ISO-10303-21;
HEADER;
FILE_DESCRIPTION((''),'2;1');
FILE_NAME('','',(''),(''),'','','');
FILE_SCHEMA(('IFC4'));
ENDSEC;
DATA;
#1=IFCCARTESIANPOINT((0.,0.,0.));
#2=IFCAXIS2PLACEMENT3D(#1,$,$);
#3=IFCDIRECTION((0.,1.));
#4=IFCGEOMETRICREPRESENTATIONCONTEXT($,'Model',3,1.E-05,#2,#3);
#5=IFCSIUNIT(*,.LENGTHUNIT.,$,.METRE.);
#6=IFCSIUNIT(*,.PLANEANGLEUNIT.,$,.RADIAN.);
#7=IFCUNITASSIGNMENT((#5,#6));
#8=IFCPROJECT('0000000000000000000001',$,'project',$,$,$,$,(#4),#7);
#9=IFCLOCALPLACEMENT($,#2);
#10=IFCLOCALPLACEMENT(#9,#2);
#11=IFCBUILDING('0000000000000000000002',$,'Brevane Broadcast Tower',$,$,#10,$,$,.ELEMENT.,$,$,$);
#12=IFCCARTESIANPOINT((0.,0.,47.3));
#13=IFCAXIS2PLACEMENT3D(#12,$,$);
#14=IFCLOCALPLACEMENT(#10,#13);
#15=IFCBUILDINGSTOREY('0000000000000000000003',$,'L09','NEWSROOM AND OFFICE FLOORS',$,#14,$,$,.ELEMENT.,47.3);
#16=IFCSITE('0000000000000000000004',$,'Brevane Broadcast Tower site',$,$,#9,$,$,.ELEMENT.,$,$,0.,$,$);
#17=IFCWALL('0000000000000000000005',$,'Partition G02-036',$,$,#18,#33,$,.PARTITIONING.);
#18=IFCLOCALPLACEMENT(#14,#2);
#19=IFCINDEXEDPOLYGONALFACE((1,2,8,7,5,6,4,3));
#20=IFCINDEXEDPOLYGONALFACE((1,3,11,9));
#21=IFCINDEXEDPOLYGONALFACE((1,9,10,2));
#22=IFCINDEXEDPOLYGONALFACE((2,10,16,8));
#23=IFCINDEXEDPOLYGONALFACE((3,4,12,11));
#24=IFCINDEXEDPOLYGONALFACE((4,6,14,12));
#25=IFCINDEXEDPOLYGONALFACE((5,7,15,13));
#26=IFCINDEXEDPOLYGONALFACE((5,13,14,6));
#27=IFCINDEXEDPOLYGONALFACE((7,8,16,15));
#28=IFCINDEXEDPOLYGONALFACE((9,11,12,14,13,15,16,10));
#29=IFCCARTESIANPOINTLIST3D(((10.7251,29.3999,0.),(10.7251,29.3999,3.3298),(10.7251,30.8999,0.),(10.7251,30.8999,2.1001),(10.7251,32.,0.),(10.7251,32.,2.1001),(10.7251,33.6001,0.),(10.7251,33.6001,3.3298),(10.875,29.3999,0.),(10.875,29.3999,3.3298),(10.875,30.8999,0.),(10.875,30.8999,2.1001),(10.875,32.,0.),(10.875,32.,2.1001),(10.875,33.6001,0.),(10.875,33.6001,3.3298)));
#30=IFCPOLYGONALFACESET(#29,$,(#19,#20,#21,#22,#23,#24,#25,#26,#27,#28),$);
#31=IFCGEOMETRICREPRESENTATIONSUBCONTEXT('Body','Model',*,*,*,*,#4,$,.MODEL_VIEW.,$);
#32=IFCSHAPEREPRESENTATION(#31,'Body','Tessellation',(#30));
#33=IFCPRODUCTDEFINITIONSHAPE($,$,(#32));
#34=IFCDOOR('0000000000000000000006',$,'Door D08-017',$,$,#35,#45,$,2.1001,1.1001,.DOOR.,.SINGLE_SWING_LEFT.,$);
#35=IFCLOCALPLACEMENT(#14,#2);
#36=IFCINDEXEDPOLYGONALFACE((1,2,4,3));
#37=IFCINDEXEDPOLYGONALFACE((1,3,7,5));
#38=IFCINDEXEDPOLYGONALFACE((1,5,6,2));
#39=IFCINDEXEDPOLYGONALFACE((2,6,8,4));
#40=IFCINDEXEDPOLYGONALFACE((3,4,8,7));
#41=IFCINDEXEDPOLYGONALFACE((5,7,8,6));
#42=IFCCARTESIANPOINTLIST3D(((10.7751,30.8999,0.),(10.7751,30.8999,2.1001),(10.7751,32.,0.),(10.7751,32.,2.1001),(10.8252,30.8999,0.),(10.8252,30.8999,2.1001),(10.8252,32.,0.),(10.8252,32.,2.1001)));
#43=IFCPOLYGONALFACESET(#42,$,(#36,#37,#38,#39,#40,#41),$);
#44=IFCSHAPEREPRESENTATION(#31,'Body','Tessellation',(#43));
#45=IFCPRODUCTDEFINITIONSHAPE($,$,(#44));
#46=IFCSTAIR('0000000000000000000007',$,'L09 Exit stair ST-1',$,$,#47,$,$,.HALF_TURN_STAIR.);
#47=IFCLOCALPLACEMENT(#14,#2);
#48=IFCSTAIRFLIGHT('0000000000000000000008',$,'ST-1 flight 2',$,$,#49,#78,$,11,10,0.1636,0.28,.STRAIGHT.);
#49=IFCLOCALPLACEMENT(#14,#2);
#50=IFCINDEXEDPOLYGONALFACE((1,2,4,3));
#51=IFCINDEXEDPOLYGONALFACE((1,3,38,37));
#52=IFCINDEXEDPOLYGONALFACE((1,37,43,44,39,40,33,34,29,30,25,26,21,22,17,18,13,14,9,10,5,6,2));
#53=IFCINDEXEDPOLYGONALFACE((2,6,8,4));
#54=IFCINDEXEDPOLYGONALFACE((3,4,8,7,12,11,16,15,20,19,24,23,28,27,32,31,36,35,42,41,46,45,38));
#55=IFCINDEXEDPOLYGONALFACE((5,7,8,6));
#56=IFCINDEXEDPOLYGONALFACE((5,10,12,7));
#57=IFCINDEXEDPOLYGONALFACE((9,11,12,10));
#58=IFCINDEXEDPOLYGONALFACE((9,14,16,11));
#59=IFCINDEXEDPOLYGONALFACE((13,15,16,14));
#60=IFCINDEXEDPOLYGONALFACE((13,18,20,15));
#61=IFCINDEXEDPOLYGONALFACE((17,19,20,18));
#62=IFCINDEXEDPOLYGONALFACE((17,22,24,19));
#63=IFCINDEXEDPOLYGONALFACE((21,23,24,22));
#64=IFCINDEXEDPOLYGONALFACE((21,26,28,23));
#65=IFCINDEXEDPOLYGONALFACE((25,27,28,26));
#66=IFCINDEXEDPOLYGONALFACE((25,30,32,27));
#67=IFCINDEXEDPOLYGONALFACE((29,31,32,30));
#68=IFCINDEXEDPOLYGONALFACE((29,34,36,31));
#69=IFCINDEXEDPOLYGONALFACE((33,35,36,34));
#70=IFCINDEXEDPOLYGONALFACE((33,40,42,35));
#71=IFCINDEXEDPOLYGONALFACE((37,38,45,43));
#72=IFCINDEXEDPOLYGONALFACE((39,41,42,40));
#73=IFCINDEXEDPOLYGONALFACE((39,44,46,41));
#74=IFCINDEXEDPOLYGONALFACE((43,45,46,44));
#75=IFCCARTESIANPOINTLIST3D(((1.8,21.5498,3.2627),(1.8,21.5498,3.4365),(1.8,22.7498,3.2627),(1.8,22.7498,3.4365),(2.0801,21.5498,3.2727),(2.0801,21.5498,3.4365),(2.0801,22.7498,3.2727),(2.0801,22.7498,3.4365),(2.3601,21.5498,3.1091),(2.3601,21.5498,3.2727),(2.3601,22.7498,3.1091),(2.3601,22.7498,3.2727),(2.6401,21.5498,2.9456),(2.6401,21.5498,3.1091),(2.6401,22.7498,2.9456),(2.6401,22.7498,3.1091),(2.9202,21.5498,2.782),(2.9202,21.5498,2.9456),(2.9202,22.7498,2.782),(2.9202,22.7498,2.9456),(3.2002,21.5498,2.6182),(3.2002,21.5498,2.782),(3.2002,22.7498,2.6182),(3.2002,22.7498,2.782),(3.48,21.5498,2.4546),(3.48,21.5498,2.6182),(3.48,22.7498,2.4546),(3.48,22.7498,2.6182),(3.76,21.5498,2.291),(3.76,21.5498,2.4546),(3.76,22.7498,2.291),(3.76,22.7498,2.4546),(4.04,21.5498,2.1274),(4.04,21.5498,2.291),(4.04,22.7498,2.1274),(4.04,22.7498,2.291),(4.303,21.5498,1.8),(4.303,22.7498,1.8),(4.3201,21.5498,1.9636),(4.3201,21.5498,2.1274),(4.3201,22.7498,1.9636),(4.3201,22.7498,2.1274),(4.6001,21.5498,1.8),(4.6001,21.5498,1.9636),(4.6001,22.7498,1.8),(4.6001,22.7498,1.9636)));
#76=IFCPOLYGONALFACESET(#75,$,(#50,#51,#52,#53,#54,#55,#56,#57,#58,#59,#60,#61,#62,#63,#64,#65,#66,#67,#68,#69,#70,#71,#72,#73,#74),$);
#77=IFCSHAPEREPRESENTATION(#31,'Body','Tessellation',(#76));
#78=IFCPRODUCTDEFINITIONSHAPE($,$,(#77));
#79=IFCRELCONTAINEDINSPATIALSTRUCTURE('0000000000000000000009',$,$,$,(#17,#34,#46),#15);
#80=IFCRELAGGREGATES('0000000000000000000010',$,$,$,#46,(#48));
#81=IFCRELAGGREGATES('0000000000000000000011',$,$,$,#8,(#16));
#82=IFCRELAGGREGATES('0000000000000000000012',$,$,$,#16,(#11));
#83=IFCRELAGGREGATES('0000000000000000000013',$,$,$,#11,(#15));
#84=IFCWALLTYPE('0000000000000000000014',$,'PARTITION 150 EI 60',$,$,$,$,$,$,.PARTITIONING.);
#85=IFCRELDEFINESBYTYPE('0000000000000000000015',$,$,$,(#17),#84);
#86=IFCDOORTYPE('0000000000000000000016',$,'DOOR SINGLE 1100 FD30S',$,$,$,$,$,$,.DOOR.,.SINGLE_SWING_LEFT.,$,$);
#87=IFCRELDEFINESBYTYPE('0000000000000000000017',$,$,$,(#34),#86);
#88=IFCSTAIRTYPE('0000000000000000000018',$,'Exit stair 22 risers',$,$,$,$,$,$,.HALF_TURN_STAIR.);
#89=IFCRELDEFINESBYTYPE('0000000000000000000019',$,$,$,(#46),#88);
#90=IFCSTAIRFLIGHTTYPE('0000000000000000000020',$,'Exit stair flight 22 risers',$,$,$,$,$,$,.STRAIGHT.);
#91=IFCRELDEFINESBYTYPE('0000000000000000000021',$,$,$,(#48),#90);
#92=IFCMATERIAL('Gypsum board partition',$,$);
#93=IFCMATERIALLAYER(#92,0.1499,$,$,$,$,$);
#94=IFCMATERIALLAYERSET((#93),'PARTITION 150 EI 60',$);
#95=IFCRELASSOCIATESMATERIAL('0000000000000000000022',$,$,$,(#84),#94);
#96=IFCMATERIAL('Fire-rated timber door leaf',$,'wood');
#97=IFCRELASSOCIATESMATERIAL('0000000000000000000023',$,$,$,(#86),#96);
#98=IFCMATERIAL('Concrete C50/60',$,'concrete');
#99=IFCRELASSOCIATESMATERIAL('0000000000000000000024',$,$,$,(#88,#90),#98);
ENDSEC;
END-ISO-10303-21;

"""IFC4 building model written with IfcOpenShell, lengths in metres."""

from ifc_helpers import new_model, si_unit, direction, frame, frame_2d, origin, place, context, subcontext, project, spatial, polyline, rectangle, outline, extrude, material, layer, layer_set, type_object, element, fill, aggregate, save


model = new_model("IFC4")

# Units and contexts
model_context = context("Model", 3, precision=1e-05, world=origin(), true_north=direction((0.0, 1.0)))
body_context = subcontext(model_context, "Body", "Model", "MODEL_VIEW")
ifc_project = project(units=[si_unit("LENGTHUNIT", "METRE"), si_unit("PLANEANGLEUNIT", "RADIAN")], contexts=[model_context])

# Site, building, storey
site_placement = place(None, origin())
site = spatial("IfcSite", under=ifc_project, at=site_placement, Name="Brevane Broadcast Tower site", CompositionType="ELEMENT", RefElevation=0.0)
building_placement = place(site_placement, origin())
building = spatial("IfcBuilding", under=site, at=building_placement, Name="Brevane Broadcast Tower", CompositionType="ELEMENT")
storey_placement = place(building_placement, frame((0.0, 0.0, 47.3)))
storey = spatial("IfcBuildingStorey", under=building, at=storey_placement, Name="L09", Description="NEWSROOM AND OFFICE FLOORS", CompositionType="ELEMENT", Elevation=47.3)

# Shared definitions
ifc_material_1 = material(Name="Gypsum board partition")

# Wall, opening, door
ifc_layer_1 = layer(ifc_material_1, 0.1499)
ifc_layer_set_1 = layer_set([ifc_layer_1], Name="PARTITION 150 EI 60")
wall_type_1 = type_object("IfcWallType", Name="PARTITION 150 EI 60", PredefinedType="PARTITIONING", material=ifc_layer_set_1)
ifc_material_2 = material(Name="Fire-rated timber door leaf", Category="wood")
door_type_1 = type_object("IfcDoorType", Name="DOOR SINGLE 1100 FD30S", OperationType="SINGLE_SWING_LEFT", PredefinedType="DOOR", material=ifc_material_2)
wall_1_placement = place(storey_placement, frame((10.8, 29.3999, 0.0), z_axis=(0.0, 0.0, 1.0), x_axis=(0.0, 1.0, 0.0)))
wall_1 = element("IfcWall", 1, at=wall_1_placement, inside=storey, type_object=wall_type_1, Name="Partition G02-036", PredefinedType="PARTITIONING", context=body_context, shape_type="SweptSolid", body=[
    extrude(rectangle(XDim=4.2002, YDim=0.1499, at=frame_2d((2.1001, 0.0))), origin(), (0.0, 0.0, 1.0), 3.3298),
])
opening_1_placement = place(wall_1_placement, frame((1.5, 0.0, 0.0)))
opening_1 = element("IfcOpeningElement", 2, at=opening_1_placement, cuts=wall_1, PredefinedType="OPENING", context=body_context, shape_type="SweptSolid", body=[
    extrude(rectangle(XDim=1.1001, YDim=2.1001, at=frame_2d((0.55, 1.05))), frame((0.0, 0.085, 0.0), z_axis=(0.0, -1.0, 0.0), x_axis=(1.0, 0.0, 0.0)), (0.0, 0.0, 1.0), 0.1699),
])
door_1_placement = place(opening_1_placement, origin())
door_1 = element("IfcDoor", 3, at=door_1_placement, inside=storey, type_object=door_type_1, Name="Door D08-017", OperationType="SINGLE_SWING_LEFT", OverallHeight=2.1001, OverallWidth=1.1001, PredefinedType="DOOR", context=body_context, shape_type="SweptSolid", body=[
    extrude(rectangle(XDim=1.1001, YDim=2.1001, at=frame_2d((0.55, 1.05))), frame((0.0, 0.0249, 0.0), z_axis=(0.0, -1.0, 0.0), x_axis=(1.0, 0.0, 0.0)), (0.0, 0.0, 1.0), 0.05),
])
fill(opening_1, door_1)

# Stair, stair flight
ifc_material_3 = material(Name="Concrete C50/60", Category="concrete")
stair_type = type_object("IfcStairType", Name="Exit stair 22 risers", PredefinedType="HALF_TURN_STAIR", material=ifc_material_3)
stair_placement = place(storey_placement, origin())
stair = element("IfcStair", 4, at=stair_placement, inside=storey, type_object=stair_type, Name="L09 Exit stair ST-1", PredefinedType="HALF_TURN_STAIR")
stair_flight_type = type_object("IfcStairFlightType", Name="Exit stair flight 22 risers", PredefinedType="STRAIGHT", material=ifc_material_3)
stair_flight_placement = place(storey_placement, frame((4.6001, 22.1499, 1.8), z_axis=(0.0, 0.0, 1.0), x_axis=(-1.0, 0.0, 0.0)))
stair_flight = element("IfcStairFlight", 5, at=stair_flight_placement, type_object=stair_flight_type, Name="ST-1 flight 2", NumberOfRisers=11, NumberOfTreads=10, PredefinedType="STRAIGHT", RiserHeight=0.1636, TreadLength=0.28, context=body_context, shape_type="SweptSolid", body=[
    extrude(outline(polyline([(0.0, 0.0), (0.0, 0.1636), (0.28, 0.1636), (0.28, 0.3274), (0.5601, 0.3274), (0.5601, 0.491), (0.8401, 0.491), (0.8401, 0.6545), (1.1201, 0.6545), (1.1201, 0.8181), (1.3999, 0.8181), (1.3999, 0.9819), (1.6799, 0.9819), (1.6799, 1.1455), (1.96, 1.1455), (1.96, 1.3091), (2.24, 1.3091), (2.24, 1.4727), (2.52, 1.4727), (2.52, 1.6365), (2.8, 1.6365), (2.8, 1.8), (2.8, 1.4626), (0.2971, 0.0), (0.0, 0.0)])), frame((0.0, 0.6001, 0.0), z_axis=(0.0, -1.0, 0.0), x_axis=(1.0, 0.0, 0.0)), (0.0, 0.0, 1.0), 1.2),
])
aggregate(stair, [stair_flight])

save(model, "model.ifc")
